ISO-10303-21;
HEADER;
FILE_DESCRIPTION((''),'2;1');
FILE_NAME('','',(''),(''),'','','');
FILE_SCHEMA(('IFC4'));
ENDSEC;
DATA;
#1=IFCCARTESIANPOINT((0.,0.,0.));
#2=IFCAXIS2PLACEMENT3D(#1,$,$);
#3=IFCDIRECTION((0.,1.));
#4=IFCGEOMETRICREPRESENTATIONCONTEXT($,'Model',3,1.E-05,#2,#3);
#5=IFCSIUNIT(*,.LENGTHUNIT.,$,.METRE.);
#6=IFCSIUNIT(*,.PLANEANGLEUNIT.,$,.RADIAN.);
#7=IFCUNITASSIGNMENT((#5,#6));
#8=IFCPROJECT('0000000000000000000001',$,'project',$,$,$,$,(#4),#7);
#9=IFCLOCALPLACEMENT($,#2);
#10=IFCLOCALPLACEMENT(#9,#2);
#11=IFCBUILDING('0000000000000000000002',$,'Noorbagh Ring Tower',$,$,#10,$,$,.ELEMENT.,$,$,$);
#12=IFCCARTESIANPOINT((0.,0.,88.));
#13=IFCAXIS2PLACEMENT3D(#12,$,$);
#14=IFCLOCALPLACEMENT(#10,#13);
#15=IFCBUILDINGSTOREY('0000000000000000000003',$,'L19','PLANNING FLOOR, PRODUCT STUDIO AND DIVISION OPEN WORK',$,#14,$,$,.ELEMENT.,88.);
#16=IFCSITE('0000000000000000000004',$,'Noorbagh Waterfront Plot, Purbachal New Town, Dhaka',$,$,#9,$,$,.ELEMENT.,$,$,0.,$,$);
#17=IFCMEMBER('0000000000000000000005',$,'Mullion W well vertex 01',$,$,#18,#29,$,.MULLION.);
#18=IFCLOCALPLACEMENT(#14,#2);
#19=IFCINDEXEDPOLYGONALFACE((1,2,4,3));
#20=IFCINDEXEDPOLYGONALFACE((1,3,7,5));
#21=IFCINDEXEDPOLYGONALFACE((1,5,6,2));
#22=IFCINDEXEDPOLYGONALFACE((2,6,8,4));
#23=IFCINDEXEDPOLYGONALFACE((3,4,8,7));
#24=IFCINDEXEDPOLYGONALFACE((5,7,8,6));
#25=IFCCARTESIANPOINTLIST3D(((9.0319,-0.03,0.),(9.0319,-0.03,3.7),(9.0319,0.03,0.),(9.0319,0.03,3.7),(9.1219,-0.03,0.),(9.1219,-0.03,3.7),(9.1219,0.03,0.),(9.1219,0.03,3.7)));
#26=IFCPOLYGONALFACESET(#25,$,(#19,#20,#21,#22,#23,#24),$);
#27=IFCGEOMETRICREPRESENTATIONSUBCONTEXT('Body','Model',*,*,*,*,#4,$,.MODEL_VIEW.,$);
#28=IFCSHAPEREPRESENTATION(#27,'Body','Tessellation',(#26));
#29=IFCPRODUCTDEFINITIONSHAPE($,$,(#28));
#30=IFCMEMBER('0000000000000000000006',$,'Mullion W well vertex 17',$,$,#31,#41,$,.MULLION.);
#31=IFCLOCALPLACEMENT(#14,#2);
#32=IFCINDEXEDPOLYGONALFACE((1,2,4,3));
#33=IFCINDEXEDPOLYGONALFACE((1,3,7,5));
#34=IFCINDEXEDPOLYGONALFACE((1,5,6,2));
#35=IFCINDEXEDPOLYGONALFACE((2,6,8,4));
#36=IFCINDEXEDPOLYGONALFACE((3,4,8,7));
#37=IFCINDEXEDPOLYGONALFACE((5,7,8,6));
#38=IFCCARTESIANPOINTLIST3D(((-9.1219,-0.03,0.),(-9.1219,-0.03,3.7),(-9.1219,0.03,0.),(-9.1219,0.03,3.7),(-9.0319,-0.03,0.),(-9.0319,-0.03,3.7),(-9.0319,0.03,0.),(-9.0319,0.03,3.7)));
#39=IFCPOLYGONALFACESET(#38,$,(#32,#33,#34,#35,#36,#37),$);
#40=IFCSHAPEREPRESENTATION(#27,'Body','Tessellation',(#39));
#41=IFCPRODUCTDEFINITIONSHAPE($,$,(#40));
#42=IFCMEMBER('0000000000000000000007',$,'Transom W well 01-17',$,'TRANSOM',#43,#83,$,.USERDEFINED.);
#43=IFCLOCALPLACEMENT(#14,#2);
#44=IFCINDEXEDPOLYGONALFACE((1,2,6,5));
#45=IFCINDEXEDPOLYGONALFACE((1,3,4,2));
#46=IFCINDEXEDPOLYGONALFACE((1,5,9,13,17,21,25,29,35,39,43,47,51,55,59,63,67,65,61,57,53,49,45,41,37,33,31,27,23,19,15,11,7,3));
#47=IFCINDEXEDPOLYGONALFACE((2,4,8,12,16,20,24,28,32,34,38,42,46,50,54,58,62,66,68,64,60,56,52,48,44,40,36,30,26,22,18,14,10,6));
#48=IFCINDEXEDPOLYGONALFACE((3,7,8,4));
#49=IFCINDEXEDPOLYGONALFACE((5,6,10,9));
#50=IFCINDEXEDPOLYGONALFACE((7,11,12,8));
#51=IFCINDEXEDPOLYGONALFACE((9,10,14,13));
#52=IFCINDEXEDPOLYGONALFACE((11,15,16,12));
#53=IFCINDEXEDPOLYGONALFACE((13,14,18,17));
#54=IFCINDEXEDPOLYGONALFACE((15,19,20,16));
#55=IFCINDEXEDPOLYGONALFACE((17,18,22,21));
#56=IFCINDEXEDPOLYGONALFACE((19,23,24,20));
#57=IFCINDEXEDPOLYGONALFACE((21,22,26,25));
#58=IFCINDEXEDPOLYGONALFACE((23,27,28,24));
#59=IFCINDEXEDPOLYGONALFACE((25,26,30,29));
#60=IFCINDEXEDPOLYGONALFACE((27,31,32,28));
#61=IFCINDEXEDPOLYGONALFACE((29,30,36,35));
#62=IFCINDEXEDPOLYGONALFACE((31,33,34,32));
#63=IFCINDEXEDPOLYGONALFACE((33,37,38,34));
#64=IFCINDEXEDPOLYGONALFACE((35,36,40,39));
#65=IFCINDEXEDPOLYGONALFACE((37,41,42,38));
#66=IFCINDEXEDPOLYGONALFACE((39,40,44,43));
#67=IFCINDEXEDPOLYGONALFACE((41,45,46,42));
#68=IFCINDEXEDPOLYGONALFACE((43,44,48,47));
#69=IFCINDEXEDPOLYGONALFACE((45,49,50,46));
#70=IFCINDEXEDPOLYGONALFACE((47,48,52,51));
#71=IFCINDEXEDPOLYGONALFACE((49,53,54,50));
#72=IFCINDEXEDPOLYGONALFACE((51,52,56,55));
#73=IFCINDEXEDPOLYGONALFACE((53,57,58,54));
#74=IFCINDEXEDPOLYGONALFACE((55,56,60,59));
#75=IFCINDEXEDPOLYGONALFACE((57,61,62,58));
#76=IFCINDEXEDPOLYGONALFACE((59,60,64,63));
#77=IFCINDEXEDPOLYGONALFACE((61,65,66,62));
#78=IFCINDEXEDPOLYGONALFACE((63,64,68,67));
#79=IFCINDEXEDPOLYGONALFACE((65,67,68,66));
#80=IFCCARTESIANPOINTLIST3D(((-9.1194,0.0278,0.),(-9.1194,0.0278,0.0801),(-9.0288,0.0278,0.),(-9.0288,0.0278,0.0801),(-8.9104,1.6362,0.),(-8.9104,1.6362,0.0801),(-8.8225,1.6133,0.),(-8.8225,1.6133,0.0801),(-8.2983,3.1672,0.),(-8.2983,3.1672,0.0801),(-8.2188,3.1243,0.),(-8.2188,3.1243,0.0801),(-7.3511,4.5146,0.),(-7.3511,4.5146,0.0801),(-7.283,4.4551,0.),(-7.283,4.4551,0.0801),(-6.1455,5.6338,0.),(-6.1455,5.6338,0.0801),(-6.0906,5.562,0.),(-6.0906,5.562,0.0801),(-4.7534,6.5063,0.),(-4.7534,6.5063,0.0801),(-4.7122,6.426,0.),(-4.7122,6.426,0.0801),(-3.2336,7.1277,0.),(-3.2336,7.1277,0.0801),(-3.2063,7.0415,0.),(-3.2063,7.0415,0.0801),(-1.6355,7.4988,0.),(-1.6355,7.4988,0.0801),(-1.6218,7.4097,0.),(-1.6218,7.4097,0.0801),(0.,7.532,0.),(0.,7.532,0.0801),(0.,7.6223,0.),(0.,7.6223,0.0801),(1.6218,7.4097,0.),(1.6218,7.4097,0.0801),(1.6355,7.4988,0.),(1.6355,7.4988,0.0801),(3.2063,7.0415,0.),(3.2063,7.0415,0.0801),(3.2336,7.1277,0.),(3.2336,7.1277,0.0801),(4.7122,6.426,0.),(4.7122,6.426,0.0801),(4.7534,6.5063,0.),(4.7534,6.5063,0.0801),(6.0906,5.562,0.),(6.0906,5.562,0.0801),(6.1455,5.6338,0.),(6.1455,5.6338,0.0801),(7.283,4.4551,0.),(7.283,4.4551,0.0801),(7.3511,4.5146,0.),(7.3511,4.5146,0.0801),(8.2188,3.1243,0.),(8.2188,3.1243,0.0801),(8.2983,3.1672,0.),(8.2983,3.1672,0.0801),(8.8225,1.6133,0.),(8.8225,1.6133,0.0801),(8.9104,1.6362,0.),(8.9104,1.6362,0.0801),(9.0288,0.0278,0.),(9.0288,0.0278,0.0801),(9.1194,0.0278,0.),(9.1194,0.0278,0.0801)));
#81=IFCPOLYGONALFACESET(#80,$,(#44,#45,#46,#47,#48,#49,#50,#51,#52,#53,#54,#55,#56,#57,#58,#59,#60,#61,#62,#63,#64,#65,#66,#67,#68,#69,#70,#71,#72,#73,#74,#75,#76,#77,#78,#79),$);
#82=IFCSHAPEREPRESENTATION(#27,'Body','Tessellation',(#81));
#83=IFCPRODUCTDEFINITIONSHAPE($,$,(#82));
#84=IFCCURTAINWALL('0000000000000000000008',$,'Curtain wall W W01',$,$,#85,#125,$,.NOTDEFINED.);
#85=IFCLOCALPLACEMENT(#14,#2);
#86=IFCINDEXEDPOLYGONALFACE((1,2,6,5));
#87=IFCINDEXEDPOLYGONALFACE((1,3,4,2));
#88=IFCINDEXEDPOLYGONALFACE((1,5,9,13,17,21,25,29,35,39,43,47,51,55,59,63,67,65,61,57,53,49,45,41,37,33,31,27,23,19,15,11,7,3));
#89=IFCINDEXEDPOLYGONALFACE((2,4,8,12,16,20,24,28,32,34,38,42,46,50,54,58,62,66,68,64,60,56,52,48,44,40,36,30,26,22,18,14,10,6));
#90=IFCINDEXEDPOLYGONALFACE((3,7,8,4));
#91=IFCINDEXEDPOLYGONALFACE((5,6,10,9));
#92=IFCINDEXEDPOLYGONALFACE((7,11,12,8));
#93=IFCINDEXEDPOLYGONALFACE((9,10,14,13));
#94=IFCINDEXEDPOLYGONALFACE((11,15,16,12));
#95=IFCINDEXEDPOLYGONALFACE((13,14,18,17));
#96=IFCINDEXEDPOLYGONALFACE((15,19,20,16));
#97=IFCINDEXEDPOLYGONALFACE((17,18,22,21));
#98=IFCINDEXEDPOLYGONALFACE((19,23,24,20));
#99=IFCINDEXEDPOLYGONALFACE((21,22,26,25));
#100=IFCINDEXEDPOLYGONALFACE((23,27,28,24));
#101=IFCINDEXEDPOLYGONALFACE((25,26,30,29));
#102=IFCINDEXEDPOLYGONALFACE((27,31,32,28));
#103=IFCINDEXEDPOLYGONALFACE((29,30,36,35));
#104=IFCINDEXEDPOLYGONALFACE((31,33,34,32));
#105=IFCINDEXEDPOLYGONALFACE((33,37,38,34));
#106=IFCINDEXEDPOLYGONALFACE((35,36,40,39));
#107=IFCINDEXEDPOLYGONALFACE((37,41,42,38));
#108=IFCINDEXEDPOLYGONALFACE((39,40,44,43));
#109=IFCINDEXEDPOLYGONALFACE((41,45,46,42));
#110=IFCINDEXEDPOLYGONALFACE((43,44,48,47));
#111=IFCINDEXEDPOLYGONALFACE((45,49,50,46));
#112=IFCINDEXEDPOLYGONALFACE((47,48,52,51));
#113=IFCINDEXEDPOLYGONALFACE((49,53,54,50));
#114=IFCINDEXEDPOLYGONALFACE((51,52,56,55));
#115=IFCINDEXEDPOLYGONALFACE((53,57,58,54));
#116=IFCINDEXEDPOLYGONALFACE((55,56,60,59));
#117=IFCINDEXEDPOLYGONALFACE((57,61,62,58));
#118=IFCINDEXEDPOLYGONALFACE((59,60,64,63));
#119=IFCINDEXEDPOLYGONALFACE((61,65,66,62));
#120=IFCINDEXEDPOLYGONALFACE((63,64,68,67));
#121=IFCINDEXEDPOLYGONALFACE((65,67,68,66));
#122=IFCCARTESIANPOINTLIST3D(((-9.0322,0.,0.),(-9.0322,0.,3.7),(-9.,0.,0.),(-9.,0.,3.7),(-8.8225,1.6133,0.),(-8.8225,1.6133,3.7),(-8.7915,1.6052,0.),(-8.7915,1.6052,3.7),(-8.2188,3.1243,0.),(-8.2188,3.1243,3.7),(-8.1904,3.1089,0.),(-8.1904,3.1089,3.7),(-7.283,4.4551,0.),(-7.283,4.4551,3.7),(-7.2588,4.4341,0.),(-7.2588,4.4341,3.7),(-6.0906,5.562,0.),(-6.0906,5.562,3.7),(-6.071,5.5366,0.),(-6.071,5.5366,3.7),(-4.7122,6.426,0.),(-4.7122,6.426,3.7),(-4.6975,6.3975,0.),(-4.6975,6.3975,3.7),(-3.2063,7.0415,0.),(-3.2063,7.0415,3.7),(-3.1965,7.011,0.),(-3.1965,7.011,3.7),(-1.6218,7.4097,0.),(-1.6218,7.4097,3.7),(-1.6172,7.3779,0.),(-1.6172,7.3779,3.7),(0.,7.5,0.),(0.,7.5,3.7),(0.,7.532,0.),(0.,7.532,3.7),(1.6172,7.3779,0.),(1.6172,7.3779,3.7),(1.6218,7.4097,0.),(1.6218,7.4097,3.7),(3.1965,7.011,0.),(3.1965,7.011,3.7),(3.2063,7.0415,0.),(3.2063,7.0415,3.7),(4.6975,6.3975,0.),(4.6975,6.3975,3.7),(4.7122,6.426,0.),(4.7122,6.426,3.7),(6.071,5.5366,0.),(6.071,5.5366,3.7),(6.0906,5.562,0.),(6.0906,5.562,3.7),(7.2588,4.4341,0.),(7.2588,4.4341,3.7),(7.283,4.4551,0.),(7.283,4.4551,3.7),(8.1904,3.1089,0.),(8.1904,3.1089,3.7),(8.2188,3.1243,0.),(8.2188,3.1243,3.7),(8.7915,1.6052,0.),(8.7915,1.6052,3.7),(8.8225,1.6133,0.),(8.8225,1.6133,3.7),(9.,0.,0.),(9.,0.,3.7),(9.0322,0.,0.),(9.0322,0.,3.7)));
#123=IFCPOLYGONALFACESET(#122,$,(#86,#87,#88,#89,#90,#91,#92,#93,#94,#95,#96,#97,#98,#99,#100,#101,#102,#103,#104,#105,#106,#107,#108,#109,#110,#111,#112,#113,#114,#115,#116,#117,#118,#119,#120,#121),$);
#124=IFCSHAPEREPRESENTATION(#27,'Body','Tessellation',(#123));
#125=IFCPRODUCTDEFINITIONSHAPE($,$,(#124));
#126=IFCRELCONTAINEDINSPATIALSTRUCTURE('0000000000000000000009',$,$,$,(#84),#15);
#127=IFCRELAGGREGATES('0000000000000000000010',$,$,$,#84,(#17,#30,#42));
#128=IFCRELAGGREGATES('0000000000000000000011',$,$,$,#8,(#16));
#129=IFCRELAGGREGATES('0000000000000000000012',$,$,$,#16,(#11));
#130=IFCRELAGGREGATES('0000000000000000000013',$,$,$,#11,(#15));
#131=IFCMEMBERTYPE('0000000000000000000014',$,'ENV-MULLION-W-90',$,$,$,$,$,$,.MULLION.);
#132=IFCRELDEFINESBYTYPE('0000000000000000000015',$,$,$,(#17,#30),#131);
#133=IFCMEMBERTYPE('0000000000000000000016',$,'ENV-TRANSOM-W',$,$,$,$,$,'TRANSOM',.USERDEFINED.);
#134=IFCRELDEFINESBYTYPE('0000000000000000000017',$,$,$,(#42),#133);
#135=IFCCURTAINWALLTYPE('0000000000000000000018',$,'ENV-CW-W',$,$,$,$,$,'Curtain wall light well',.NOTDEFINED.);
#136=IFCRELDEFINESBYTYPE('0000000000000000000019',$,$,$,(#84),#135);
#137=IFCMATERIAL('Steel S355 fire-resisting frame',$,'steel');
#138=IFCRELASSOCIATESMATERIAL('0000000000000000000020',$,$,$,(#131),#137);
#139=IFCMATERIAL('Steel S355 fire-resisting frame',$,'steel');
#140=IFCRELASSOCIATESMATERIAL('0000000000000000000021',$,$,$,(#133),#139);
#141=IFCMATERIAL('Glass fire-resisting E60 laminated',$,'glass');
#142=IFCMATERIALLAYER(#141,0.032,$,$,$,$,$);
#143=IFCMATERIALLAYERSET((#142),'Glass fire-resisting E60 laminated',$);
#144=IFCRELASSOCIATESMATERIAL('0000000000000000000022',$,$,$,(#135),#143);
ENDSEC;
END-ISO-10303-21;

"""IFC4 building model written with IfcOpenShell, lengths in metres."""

from ifc_helpers import new_model, si_unit, direction, frame, origin, origin_2d, place, context, subcontext, project, spatial, polyline, rectangle, outline, extrude, material, layer, layer_set, material_profile, profile_set, type_object, element, aggregate, save


model = new_model("IFC4")

# Units and contexts
model_context = context("Model", 3, precision=1e-05, world=origin(), true_north=direction((0.0, 1.0)))
body_context = subcontext(model_context, "Body", "Model", "MODEL_VIEW")
ifc_project = project(units=[si_unit("LENGTHUNIT", "METRE"), si_unit("PLANEANGLEUNIT", "RADIAN")], contexts=[model_context])

# Members
site_placement = place(None, origin())
building_placement = place(site_placement, origin())
storey_placement = place(building_placement, frame((0.0, 0.0, 88.0)))
ifc_material_1 = material(Name="Steel S355 fire-resisting frame", Category="steel")
ifc_material_profile_1 = material_profile(ifc_material_1, rectangle(XDim=0.0901, YDim=0.0601, at=origin_2d()), Name="90x60")
ifc_profile_set_1 = profile_set([ifc_material_profile_1], Name="Steel S355 fire-resisting frame")
member_type_1 = type_object("IfcMemberType", Name="ENV-MULLION-W-90", PredefinedType="MULLION", material=ifc_profile_set_1)
member_1_placement = place(storey_placement, frame((9.0769, 0.0, 0.0), z_axis=(0.0, 0.0, 1.0), x_axis=(1.0, 0.0, 0.0)))
member_1 = element("IfcMember", 1, at=member_1_placement, type_object=member_type_1, Name="Mullion W well vertex 01", PredefinedType="MULLION", context=body_context, shape_type="SweptSolid", body=[
    extrude(rectangle(XDim=0.0901, YDim=0.0601, at=origin_2d()), origin(), (0.0, 0.0, 1.0), 3.7),
])
member_2_placement = place(storey_placement, frame((-9.0769, 0.0, 0.0), z_axis=(0.0, 0.0, 1.0), x_axis=(-1.0, 0.0, 0.0)))
member_2 = element("IfcMember", 2, at=member_2_placement, type_object=member_type_1, Name="Mullion W well vertex 17", PredefinedType="MULLION", context=body_context, shape_type="SweptSolid", body=[
    extrude(rectangle(XDim=0.0901, YDim=0.0601, at=origin_2d()), origin(), (0.0, 0.0, 1.0), 3.7),
])
ifc_material_2 = material(Name="Steel S355 fire-resisting frame", Category="steel")
member_type_2 = type_object("IfcMemberType", Name="ENV-TRANSOM-W", ElementType="TRANSOM", PredefinedType="USERDEFINED", material=ifc_material_2)
member_3_placement = place(storey_placement, origin())
member_3 = element("IfcMember", 3, at=member_3_placement, type_object=member_type_2, Name="Transom W well 01-17", ObjectType="TRANSOM", PredefinedType="USERDEFINED", context=body_context, shape_type="SweptSolid", body=[
    extrude(outline(polyline([(9.1194, 0.0278), (8.9104, 1.6362), (8.2983, 3.1672), (7.3511, 4.5146), (6.1455, 5.6338), (4.7534, 6.5063), (3.2336, 7.1277), (1.6355, 7.4988), (0.0, 7.6223), (-1.6355, 7.4988), (-3.2336, 7.1277), (-4.7534, 6.5063), (-6.1455, 5.6338), (-7.3511, 4.5146), (-8.2983, 3.1672), (-8.9104, 1.6362), (-9.1194, 0.0278), (-9.0288, 0.0278), (-8.8225, 1.6133), (-8.2188, 3.1243), (-7.283, 4.4551), (-6.0906, 5.562), (-4.7122, 6.426), (-3.2063, 7.0415), (-1.6218, 7.4097), (0.0, 7.532), (1.6218, 7.4097), (3.2063, 7.0415), (4.7122, 6.426), (6.0906, 5.562), (7.283, 4.4551), (8.2188, 3.1243), (8.8225, 1.6133), (9.0288, 0.0278), (9.1194, 0.0278)])), origin(), (0.0, 0.0, 1.0), 0.0801),
])

# Site, building, storey
site = spatial("IfcSite", under=ifc_project, at=site_placement, Name="Noorbagh Waterfront Plot, Purbachal New Town, Dhaka", CompositionType="ELEMENT", RefElevation=0.0)
building = spatial("IfcBuilding", under=site, at=building_placement, Name="Noorbagh Ring Tower", CompositionType="ELEMENT")
storey = spatial("IfcBuildingStorey", under=building, at=storey_placement, Name="L19", Description="PLANNING FLOOR, PRODUCT STUDIO AND DIVISION OPEN WORK", CompositionType="ELEMENT", Elevation=88.0)

# Curtain wall
ifc_material_3 = material(Name="Glass fire-resisting E60 laminated", Category="glass")
ifc_layer_1 = layer(ifc_material_3, 0.032)
ifc_layer_set_1 = layer_set([ifc_layer_1], Name="Glass fire-resisting E60 laminated")
curtain_wall_type_1 = type_object("IfcCurtainWallType", Name="ENV-CW-W", ElementType="Curtain wall light well", PredefinedType="NOTDEFINED", material=ifc_layer_set_1)
curtain_wall_1_placement = place(storey_placement, origin())
curtain_wall_1 = element("IfcCurtainWall", 4, at=curtain_wall_1_placement, inside=storey, type_object=curtain_wall_type_1, Name="Curtain wall W W01", PredefinedType="NOTDEFINED", context=body_context, shape_type="SweptSolid", body=[
    extrude(outline(polyline([(9.0322, 0.0), (8.8225, 1.6133), (8.2188, 3.1243), (7.283, 4.4551), (6.0906, 5.562), (4.7122, 6.426), (3.2063, 7.0415), (1.6218, 7.4097), (0.0, 7.532), (-1.6218, 7.4097), (-3.2063, 7.0415), (-4.7122, 6.426), (-6.0906, 5.562), (-7.283, 4.4551), (-8.2188, 3.1243), (-8.8225, 1.6133), (-9.0322, 0.0), (-9.0, 0.0), (-8.7915, 1.6052), (-8.1904, 3.1089), (-7.2588, 4.4341), (-6.071, 5.5366), (-4.6975, 6.3975), (-3.1965, 7.011), (-1.6172, 7.3779), (0.0, 7.5), (1.6172, 7.3779), (3.1965, 7.011), (4.6975, 6.3975), (6.071, 5.5366), (7.2588, 4.4341), (8.1904, 3.1089), (8.7915, 1.6052), (9.0, 0.0), (9.0322, 0.0)])), origin(), (0.0, 0.0, 1.0), 3.7),
])
aggregate(curtain_wall_1, [member_1, member_2, member_3])

save(model, "model.ifc")
